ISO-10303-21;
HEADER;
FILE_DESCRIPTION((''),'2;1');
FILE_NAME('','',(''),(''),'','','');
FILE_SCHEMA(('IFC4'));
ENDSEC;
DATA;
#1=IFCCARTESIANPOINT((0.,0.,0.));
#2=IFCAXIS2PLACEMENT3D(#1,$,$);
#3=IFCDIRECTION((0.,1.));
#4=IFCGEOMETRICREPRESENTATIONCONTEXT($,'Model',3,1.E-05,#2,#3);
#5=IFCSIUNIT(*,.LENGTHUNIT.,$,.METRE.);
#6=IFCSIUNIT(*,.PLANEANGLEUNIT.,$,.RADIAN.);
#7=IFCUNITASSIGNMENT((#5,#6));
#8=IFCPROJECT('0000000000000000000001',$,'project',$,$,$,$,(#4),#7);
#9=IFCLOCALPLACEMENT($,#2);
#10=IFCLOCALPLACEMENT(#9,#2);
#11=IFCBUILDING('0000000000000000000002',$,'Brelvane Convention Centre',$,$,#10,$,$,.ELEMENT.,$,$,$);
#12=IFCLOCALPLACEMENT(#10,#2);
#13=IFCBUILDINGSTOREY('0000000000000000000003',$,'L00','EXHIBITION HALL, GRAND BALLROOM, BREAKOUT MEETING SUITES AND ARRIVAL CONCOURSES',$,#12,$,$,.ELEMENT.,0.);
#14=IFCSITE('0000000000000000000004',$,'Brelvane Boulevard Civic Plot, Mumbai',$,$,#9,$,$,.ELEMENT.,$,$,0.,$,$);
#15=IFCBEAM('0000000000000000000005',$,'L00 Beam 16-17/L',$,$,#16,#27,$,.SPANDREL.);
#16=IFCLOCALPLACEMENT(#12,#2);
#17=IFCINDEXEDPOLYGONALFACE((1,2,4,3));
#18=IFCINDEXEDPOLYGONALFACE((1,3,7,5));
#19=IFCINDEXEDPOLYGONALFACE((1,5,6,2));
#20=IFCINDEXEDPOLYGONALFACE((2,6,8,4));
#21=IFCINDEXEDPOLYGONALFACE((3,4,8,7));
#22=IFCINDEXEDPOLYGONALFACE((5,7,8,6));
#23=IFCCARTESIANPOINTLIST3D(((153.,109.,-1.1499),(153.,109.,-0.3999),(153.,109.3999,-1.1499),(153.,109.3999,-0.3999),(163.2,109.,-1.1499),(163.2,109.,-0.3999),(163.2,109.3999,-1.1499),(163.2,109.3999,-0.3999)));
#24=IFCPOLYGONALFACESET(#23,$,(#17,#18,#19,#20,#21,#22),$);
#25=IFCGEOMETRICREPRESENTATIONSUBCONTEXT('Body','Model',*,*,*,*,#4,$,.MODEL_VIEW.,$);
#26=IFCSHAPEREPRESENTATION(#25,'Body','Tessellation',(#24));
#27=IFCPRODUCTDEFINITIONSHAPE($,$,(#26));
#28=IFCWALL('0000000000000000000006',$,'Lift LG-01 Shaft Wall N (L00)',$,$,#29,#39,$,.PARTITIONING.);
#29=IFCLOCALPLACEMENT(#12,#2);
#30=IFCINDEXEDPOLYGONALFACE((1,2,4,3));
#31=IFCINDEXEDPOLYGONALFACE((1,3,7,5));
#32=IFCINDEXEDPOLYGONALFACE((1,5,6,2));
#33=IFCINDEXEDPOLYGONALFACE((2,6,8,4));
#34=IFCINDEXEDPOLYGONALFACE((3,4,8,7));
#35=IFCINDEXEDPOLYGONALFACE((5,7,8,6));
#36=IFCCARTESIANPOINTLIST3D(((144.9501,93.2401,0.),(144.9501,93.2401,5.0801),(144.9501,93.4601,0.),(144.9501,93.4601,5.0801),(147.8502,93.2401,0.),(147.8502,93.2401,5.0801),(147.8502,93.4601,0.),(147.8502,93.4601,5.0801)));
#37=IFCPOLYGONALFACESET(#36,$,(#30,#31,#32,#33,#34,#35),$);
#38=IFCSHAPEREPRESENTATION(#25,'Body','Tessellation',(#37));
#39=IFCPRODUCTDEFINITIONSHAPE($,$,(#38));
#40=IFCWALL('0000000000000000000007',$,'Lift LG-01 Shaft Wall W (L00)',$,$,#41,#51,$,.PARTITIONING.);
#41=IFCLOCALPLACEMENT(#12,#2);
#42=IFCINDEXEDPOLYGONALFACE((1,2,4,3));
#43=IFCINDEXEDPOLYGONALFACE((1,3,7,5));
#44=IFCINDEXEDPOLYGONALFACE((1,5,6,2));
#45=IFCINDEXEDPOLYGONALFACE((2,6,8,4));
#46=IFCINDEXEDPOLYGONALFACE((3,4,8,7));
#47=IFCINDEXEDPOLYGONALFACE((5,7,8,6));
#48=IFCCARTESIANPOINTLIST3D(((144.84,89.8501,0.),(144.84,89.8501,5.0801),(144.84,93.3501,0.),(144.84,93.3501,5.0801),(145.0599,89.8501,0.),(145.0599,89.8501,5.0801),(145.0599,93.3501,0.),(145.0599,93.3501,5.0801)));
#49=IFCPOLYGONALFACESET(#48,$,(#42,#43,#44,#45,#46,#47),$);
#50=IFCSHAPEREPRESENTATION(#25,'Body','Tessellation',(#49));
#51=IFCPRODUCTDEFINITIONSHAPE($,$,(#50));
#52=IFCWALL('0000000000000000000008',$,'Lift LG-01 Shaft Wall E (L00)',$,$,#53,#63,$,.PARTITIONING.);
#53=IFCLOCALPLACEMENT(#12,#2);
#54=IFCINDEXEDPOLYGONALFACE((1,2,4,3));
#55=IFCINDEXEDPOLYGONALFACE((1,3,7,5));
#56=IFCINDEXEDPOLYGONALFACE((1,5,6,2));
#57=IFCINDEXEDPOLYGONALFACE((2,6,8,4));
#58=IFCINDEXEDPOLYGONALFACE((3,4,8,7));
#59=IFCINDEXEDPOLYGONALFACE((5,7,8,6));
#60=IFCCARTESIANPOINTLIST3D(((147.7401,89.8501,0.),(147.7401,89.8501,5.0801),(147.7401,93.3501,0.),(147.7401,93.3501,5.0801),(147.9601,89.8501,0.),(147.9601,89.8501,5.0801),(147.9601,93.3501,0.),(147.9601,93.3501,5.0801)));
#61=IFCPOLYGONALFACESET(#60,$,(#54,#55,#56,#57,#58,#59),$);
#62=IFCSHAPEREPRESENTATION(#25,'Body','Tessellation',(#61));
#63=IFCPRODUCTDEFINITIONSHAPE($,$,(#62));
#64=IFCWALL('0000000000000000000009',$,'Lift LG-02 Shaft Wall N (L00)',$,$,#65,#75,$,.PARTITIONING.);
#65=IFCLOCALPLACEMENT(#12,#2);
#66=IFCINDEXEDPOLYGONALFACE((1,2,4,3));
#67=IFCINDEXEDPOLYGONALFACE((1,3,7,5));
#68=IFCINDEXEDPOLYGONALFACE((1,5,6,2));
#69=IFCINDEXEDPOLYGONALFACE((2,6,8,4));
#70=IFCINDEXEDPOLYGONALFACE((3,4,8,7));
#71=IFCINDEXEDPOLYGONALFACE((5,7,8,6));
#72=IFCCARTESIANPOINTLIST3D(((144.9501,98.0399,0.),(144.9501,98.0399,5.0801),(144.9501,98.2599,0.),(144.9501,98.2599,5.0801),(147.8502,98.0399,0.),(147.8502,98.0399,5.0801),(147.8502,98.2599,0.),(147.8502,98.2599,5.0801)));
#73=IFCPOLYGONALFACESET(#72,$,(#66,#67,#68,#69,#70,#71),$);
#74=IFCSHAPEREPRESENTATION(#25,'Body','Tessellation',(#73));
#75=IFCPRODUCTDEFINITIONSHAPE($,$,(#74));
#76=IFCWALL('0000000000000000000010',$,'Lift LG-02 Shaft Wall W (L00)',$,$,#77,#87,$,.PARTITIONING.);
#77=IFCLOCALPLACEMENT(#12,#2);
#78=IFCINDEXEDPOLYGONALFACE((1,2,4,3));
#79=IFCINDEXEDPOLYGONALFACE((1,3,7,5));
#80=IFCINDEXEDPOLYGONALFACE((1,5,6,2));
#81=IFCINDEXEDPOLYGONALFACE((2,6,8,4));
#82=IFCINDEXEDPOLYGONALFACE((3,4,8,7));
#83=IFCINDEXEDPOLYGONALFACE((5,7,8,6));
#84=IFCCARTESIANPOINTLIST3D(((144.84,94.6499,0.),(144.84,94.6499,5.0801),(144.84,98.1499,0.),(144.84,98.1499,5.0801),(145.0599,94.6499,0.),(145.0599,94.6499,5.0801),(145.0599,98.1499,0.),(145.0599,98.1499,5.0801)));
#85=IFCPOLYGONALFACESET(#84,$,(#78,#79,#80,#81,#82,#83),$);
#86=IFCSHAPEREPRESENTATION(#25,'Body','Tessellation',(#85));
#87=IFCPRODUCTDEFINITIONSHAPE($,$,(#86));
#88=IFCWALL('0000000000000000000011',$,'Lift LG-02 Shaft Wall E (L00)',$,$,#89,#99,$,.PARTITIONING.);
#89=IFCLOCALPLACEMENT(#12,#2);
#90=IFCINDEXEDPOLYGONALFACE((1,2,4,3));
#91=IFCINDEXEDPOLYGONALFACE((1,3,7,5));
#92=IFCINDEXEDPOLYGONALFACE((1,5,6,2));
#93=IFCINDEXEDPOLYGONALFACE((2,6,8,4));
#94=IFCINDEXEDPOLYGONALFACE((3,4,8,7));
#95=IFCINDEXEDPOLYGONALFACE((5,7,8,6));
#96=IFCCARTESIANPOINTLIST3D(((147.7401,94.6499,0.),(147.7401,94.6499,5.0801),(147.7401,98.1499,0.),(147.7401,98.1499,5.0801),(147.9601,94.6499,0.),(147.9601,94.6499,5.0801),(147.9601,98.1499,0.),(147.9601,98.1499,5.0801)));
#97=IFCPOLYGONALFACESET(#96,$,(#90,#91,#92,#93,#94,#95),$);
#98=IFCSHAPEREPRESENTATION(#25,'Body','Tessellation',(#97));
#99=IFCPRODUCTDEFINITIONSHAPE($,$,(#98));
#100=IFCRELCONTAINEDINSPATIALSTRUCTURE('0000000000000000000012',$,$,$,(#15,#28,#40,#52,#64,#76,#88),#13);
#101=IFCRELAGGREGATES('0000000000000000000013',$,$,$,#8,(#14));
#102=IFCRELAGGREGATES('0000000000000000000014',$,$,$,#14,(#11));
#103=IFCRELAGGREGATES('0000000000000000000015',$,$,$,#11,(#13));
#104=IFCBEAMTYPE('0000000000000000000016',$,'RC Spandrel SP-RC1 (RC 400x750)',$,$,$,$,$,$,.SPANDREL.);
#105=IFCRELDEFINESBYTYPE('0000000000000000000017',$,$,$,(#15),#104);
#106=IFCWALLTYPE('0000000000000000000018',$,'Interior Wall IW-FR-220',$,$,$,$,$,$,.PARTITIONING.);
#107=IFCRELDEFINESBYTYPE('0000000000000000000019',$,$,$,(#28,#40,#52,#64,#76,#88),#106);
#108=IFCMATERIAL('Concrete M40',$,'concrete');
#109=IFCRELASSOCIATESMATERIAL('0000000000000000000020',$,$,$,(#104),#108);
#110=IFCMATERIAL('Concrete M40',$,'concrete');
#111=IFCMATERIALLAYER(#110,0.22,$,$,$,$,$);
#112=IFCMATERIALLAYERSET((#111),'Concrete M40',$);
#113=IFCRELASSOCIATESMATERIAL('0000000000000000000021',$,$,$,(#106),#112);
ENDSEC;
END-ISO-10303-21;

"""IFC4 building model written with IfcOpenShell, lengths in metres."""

from ifc_helpers import new_model, si_unit, direction, frame, frame_2d, origin, origin_2d, place, context, subcontext, project, spatial, rectangle, extrude, material, layer, layer_set, material_profile, profile_set, type_object, element, save


model = new_model("IFC4")

# Units and contexts
model_context = context("Model", 3, precision=1e-05, world=origin(), true_north=direction((0.0, 1.0)))
body_context = subcontext(model_context, "Body", "Model", "MODEL_VIEW")
ifc_project = project(units=[si_unit("LENGTHUNIT", "METRE"), si_unit("PLANEANGLEUNIT", "RADIAN")], contexts=[model_context])

# Site, building, storey
site_placement = place(None, origin())
site = spatial("IfcSite", under=ifc_project, at=site_placement, Name="Brelvane Boulevard Civic Plot, Mumbai", CompositionType="ELEMENT", RefElevation=0.0)
building_placement = place(site_placement, origin())
building = spatial("IfcBuilding", under=site, at=building_placement, Name="Brelvane Convention Centre", CompositionType="ELEMENT")
storey_placement = place(building_placement, origin())
storey = spatial("IfcBuildingStorey", under=building, at=storey_placement, Name="L00", Description="EXHIBITION HALL, GRAND BALLROOM, BREAKOUT MEETING SUITES AND ARRIVAL CONCOURSES", CompositionType="ELEMENT", Elevation=0.0)

# Beam
ifc_material_1 = material(Name="Concrete M40", Category="concrete")
ifc_material_profile_1 = material_profile(ifc_material_1, rectangle(XDim=0.3999, YDim=0.75, at=origin_2d()), Name="RC 400x750")
ifc_profile_set_1 = profile_set([ifc_material_profile_1], Name="Concrete M40")
beam_type_1 = type_object("IfcBeamType", Name="RC Spandrel SP-RC1 (RC 400x750)", PredefinedType="SPANDREL", material=ifc_profile_set_1)
beam_1_placement = place(storey_placement, frame((153.0, 109.2, -0.7749), z_axis=(1.0, 0.0, 0.0), x_axis=(0.0, 1.0, 0.0)))
element("IfcBeam", 1, at=beam_1_placement, inside=storey, type_object=beam_type_1, Name="L00 Beam 16-17/L", PredefinedType="SPANDREL", context=body_context, shape_type="SweptSolid", body=[
    extrude(rectangle(XDim=0.3999, YDim=0.75, at=origin_2d()), origin(), (0.0, 0.0, 1.0), 10.2),
])

# Shared definitions
ifc_material_2 = material(Name="Concrete M40", Category="concrete")
ifc_layer = layer(ifc_material_2, 0.22)
ifc_layer_set = layer_set([ifc_layer], Name="Concrete M40")
wall_type = type_object("IfcWallType", Name="Interior Wall IW-FR-220", PredefinedType="PARTITIONING", material=ifc_layer_set)

# Walls
wall_1_placement = place(storey_placement, frame((144.95, 93.3501, 0.0), z_axis=(0.0, 0.0, 1.0), x_axis=(1.0, 0.0, 0.0)))
element("IfcWall", 2, at=wall_1_placement, inside=storey, type_object=wall_type, Name="Lift LG-01 Shaft Wall N (L00)", PredefinedType="PARTITIONING", context=body_context, shape_type="SweptSolid", body=[
    extrude(rectangle(XDim=2.9001, YDim=0.22, at=frame_2d((1.4502, 0.0))), origin(), (0.0, 0.0, 1.0), 5.0801),
])
for number, where, z_axis, x_axis, name in (
    (3, (144.95, 89.8501, 0.0), (0.0, 0.0, 1.0), (0.0, 1.0, 0.0), "Lift LG-01 Shaft Wall W (L00)"),
    (4, (147.8501, 89.8501, 0.0), (0.0, 0.0, 1.0), (0.0, 1.0, 0.0), "Lift LG-01 Shaft Wall E (L00)"),
):
    element("IfcWall", number, at=place(storey_placement, frame(where, z_axis=z_axis, x_axis=x_axis)), inside=storey, type_object=wall_type, Name=name, PredefinedType="PARTITIONING", context=body_context, shape_type="SweptSolid", body=[
        extrude(rectangle(XDim=3.5, YDim=0.22, at=frame_2d((1.75, 0.0))), origin(), (0.0, 0.0, 1.0), 5.0801),
    ])

# Walls
wall_2_placement = place(storey_placement, frame((144.95, 98.1499, 0.0), z_axis=(0.0, 0.0, 1.0), x_axis=(1.0, 0.0, 0.0)))
element("IfcWall", 5, at=wall_2_placement, inside=storey, type_object=wall_type, Name="Lift LG-02 Shaft Wall N (L00)", PredefinedType="PARTITIONING", context=body_context, shape_type="SweptSolid", body=[
    extrude(rectangle(XDim=2.9001, YDim=0.22, at=frame_2d((1.4502, 0.0))), origin(), (0.0, 0.0, 1.0), 5.0801),
])
for number, where, z_axis, x_axis, name in (
    (6, (144.95, 94.6499, 0.0), (0.0, 0.0, 1.0), (0.0, 1.0, 0.0), "Lift LG-02 Shaft Wall W (L00)"),
    (7, (147.8501, 94.6499, 0.0), (0.0, 0.0, 1.0), (0.0, 1.0, 0.0), "Lift LG-02 Shaft Wall E (L00)"),
):
    element("IfcWall", number, at=place(storey_placement, frame(where, z_axis=z_axis, x_axis=x_axis)), inside=storey, type_object=wall_type, Name=name, PredefinedType="PARTITIONING", context=body_context, shape_type="SweptSolid", body=[
        extrude(rectangle(XDim=3.5, YDim=0.22, at=frame_2d((1.75, 0.0))), origin(), (0.0, 0.0, 1.0), 5.0801),
    ])

save(model, "model.ifc")
